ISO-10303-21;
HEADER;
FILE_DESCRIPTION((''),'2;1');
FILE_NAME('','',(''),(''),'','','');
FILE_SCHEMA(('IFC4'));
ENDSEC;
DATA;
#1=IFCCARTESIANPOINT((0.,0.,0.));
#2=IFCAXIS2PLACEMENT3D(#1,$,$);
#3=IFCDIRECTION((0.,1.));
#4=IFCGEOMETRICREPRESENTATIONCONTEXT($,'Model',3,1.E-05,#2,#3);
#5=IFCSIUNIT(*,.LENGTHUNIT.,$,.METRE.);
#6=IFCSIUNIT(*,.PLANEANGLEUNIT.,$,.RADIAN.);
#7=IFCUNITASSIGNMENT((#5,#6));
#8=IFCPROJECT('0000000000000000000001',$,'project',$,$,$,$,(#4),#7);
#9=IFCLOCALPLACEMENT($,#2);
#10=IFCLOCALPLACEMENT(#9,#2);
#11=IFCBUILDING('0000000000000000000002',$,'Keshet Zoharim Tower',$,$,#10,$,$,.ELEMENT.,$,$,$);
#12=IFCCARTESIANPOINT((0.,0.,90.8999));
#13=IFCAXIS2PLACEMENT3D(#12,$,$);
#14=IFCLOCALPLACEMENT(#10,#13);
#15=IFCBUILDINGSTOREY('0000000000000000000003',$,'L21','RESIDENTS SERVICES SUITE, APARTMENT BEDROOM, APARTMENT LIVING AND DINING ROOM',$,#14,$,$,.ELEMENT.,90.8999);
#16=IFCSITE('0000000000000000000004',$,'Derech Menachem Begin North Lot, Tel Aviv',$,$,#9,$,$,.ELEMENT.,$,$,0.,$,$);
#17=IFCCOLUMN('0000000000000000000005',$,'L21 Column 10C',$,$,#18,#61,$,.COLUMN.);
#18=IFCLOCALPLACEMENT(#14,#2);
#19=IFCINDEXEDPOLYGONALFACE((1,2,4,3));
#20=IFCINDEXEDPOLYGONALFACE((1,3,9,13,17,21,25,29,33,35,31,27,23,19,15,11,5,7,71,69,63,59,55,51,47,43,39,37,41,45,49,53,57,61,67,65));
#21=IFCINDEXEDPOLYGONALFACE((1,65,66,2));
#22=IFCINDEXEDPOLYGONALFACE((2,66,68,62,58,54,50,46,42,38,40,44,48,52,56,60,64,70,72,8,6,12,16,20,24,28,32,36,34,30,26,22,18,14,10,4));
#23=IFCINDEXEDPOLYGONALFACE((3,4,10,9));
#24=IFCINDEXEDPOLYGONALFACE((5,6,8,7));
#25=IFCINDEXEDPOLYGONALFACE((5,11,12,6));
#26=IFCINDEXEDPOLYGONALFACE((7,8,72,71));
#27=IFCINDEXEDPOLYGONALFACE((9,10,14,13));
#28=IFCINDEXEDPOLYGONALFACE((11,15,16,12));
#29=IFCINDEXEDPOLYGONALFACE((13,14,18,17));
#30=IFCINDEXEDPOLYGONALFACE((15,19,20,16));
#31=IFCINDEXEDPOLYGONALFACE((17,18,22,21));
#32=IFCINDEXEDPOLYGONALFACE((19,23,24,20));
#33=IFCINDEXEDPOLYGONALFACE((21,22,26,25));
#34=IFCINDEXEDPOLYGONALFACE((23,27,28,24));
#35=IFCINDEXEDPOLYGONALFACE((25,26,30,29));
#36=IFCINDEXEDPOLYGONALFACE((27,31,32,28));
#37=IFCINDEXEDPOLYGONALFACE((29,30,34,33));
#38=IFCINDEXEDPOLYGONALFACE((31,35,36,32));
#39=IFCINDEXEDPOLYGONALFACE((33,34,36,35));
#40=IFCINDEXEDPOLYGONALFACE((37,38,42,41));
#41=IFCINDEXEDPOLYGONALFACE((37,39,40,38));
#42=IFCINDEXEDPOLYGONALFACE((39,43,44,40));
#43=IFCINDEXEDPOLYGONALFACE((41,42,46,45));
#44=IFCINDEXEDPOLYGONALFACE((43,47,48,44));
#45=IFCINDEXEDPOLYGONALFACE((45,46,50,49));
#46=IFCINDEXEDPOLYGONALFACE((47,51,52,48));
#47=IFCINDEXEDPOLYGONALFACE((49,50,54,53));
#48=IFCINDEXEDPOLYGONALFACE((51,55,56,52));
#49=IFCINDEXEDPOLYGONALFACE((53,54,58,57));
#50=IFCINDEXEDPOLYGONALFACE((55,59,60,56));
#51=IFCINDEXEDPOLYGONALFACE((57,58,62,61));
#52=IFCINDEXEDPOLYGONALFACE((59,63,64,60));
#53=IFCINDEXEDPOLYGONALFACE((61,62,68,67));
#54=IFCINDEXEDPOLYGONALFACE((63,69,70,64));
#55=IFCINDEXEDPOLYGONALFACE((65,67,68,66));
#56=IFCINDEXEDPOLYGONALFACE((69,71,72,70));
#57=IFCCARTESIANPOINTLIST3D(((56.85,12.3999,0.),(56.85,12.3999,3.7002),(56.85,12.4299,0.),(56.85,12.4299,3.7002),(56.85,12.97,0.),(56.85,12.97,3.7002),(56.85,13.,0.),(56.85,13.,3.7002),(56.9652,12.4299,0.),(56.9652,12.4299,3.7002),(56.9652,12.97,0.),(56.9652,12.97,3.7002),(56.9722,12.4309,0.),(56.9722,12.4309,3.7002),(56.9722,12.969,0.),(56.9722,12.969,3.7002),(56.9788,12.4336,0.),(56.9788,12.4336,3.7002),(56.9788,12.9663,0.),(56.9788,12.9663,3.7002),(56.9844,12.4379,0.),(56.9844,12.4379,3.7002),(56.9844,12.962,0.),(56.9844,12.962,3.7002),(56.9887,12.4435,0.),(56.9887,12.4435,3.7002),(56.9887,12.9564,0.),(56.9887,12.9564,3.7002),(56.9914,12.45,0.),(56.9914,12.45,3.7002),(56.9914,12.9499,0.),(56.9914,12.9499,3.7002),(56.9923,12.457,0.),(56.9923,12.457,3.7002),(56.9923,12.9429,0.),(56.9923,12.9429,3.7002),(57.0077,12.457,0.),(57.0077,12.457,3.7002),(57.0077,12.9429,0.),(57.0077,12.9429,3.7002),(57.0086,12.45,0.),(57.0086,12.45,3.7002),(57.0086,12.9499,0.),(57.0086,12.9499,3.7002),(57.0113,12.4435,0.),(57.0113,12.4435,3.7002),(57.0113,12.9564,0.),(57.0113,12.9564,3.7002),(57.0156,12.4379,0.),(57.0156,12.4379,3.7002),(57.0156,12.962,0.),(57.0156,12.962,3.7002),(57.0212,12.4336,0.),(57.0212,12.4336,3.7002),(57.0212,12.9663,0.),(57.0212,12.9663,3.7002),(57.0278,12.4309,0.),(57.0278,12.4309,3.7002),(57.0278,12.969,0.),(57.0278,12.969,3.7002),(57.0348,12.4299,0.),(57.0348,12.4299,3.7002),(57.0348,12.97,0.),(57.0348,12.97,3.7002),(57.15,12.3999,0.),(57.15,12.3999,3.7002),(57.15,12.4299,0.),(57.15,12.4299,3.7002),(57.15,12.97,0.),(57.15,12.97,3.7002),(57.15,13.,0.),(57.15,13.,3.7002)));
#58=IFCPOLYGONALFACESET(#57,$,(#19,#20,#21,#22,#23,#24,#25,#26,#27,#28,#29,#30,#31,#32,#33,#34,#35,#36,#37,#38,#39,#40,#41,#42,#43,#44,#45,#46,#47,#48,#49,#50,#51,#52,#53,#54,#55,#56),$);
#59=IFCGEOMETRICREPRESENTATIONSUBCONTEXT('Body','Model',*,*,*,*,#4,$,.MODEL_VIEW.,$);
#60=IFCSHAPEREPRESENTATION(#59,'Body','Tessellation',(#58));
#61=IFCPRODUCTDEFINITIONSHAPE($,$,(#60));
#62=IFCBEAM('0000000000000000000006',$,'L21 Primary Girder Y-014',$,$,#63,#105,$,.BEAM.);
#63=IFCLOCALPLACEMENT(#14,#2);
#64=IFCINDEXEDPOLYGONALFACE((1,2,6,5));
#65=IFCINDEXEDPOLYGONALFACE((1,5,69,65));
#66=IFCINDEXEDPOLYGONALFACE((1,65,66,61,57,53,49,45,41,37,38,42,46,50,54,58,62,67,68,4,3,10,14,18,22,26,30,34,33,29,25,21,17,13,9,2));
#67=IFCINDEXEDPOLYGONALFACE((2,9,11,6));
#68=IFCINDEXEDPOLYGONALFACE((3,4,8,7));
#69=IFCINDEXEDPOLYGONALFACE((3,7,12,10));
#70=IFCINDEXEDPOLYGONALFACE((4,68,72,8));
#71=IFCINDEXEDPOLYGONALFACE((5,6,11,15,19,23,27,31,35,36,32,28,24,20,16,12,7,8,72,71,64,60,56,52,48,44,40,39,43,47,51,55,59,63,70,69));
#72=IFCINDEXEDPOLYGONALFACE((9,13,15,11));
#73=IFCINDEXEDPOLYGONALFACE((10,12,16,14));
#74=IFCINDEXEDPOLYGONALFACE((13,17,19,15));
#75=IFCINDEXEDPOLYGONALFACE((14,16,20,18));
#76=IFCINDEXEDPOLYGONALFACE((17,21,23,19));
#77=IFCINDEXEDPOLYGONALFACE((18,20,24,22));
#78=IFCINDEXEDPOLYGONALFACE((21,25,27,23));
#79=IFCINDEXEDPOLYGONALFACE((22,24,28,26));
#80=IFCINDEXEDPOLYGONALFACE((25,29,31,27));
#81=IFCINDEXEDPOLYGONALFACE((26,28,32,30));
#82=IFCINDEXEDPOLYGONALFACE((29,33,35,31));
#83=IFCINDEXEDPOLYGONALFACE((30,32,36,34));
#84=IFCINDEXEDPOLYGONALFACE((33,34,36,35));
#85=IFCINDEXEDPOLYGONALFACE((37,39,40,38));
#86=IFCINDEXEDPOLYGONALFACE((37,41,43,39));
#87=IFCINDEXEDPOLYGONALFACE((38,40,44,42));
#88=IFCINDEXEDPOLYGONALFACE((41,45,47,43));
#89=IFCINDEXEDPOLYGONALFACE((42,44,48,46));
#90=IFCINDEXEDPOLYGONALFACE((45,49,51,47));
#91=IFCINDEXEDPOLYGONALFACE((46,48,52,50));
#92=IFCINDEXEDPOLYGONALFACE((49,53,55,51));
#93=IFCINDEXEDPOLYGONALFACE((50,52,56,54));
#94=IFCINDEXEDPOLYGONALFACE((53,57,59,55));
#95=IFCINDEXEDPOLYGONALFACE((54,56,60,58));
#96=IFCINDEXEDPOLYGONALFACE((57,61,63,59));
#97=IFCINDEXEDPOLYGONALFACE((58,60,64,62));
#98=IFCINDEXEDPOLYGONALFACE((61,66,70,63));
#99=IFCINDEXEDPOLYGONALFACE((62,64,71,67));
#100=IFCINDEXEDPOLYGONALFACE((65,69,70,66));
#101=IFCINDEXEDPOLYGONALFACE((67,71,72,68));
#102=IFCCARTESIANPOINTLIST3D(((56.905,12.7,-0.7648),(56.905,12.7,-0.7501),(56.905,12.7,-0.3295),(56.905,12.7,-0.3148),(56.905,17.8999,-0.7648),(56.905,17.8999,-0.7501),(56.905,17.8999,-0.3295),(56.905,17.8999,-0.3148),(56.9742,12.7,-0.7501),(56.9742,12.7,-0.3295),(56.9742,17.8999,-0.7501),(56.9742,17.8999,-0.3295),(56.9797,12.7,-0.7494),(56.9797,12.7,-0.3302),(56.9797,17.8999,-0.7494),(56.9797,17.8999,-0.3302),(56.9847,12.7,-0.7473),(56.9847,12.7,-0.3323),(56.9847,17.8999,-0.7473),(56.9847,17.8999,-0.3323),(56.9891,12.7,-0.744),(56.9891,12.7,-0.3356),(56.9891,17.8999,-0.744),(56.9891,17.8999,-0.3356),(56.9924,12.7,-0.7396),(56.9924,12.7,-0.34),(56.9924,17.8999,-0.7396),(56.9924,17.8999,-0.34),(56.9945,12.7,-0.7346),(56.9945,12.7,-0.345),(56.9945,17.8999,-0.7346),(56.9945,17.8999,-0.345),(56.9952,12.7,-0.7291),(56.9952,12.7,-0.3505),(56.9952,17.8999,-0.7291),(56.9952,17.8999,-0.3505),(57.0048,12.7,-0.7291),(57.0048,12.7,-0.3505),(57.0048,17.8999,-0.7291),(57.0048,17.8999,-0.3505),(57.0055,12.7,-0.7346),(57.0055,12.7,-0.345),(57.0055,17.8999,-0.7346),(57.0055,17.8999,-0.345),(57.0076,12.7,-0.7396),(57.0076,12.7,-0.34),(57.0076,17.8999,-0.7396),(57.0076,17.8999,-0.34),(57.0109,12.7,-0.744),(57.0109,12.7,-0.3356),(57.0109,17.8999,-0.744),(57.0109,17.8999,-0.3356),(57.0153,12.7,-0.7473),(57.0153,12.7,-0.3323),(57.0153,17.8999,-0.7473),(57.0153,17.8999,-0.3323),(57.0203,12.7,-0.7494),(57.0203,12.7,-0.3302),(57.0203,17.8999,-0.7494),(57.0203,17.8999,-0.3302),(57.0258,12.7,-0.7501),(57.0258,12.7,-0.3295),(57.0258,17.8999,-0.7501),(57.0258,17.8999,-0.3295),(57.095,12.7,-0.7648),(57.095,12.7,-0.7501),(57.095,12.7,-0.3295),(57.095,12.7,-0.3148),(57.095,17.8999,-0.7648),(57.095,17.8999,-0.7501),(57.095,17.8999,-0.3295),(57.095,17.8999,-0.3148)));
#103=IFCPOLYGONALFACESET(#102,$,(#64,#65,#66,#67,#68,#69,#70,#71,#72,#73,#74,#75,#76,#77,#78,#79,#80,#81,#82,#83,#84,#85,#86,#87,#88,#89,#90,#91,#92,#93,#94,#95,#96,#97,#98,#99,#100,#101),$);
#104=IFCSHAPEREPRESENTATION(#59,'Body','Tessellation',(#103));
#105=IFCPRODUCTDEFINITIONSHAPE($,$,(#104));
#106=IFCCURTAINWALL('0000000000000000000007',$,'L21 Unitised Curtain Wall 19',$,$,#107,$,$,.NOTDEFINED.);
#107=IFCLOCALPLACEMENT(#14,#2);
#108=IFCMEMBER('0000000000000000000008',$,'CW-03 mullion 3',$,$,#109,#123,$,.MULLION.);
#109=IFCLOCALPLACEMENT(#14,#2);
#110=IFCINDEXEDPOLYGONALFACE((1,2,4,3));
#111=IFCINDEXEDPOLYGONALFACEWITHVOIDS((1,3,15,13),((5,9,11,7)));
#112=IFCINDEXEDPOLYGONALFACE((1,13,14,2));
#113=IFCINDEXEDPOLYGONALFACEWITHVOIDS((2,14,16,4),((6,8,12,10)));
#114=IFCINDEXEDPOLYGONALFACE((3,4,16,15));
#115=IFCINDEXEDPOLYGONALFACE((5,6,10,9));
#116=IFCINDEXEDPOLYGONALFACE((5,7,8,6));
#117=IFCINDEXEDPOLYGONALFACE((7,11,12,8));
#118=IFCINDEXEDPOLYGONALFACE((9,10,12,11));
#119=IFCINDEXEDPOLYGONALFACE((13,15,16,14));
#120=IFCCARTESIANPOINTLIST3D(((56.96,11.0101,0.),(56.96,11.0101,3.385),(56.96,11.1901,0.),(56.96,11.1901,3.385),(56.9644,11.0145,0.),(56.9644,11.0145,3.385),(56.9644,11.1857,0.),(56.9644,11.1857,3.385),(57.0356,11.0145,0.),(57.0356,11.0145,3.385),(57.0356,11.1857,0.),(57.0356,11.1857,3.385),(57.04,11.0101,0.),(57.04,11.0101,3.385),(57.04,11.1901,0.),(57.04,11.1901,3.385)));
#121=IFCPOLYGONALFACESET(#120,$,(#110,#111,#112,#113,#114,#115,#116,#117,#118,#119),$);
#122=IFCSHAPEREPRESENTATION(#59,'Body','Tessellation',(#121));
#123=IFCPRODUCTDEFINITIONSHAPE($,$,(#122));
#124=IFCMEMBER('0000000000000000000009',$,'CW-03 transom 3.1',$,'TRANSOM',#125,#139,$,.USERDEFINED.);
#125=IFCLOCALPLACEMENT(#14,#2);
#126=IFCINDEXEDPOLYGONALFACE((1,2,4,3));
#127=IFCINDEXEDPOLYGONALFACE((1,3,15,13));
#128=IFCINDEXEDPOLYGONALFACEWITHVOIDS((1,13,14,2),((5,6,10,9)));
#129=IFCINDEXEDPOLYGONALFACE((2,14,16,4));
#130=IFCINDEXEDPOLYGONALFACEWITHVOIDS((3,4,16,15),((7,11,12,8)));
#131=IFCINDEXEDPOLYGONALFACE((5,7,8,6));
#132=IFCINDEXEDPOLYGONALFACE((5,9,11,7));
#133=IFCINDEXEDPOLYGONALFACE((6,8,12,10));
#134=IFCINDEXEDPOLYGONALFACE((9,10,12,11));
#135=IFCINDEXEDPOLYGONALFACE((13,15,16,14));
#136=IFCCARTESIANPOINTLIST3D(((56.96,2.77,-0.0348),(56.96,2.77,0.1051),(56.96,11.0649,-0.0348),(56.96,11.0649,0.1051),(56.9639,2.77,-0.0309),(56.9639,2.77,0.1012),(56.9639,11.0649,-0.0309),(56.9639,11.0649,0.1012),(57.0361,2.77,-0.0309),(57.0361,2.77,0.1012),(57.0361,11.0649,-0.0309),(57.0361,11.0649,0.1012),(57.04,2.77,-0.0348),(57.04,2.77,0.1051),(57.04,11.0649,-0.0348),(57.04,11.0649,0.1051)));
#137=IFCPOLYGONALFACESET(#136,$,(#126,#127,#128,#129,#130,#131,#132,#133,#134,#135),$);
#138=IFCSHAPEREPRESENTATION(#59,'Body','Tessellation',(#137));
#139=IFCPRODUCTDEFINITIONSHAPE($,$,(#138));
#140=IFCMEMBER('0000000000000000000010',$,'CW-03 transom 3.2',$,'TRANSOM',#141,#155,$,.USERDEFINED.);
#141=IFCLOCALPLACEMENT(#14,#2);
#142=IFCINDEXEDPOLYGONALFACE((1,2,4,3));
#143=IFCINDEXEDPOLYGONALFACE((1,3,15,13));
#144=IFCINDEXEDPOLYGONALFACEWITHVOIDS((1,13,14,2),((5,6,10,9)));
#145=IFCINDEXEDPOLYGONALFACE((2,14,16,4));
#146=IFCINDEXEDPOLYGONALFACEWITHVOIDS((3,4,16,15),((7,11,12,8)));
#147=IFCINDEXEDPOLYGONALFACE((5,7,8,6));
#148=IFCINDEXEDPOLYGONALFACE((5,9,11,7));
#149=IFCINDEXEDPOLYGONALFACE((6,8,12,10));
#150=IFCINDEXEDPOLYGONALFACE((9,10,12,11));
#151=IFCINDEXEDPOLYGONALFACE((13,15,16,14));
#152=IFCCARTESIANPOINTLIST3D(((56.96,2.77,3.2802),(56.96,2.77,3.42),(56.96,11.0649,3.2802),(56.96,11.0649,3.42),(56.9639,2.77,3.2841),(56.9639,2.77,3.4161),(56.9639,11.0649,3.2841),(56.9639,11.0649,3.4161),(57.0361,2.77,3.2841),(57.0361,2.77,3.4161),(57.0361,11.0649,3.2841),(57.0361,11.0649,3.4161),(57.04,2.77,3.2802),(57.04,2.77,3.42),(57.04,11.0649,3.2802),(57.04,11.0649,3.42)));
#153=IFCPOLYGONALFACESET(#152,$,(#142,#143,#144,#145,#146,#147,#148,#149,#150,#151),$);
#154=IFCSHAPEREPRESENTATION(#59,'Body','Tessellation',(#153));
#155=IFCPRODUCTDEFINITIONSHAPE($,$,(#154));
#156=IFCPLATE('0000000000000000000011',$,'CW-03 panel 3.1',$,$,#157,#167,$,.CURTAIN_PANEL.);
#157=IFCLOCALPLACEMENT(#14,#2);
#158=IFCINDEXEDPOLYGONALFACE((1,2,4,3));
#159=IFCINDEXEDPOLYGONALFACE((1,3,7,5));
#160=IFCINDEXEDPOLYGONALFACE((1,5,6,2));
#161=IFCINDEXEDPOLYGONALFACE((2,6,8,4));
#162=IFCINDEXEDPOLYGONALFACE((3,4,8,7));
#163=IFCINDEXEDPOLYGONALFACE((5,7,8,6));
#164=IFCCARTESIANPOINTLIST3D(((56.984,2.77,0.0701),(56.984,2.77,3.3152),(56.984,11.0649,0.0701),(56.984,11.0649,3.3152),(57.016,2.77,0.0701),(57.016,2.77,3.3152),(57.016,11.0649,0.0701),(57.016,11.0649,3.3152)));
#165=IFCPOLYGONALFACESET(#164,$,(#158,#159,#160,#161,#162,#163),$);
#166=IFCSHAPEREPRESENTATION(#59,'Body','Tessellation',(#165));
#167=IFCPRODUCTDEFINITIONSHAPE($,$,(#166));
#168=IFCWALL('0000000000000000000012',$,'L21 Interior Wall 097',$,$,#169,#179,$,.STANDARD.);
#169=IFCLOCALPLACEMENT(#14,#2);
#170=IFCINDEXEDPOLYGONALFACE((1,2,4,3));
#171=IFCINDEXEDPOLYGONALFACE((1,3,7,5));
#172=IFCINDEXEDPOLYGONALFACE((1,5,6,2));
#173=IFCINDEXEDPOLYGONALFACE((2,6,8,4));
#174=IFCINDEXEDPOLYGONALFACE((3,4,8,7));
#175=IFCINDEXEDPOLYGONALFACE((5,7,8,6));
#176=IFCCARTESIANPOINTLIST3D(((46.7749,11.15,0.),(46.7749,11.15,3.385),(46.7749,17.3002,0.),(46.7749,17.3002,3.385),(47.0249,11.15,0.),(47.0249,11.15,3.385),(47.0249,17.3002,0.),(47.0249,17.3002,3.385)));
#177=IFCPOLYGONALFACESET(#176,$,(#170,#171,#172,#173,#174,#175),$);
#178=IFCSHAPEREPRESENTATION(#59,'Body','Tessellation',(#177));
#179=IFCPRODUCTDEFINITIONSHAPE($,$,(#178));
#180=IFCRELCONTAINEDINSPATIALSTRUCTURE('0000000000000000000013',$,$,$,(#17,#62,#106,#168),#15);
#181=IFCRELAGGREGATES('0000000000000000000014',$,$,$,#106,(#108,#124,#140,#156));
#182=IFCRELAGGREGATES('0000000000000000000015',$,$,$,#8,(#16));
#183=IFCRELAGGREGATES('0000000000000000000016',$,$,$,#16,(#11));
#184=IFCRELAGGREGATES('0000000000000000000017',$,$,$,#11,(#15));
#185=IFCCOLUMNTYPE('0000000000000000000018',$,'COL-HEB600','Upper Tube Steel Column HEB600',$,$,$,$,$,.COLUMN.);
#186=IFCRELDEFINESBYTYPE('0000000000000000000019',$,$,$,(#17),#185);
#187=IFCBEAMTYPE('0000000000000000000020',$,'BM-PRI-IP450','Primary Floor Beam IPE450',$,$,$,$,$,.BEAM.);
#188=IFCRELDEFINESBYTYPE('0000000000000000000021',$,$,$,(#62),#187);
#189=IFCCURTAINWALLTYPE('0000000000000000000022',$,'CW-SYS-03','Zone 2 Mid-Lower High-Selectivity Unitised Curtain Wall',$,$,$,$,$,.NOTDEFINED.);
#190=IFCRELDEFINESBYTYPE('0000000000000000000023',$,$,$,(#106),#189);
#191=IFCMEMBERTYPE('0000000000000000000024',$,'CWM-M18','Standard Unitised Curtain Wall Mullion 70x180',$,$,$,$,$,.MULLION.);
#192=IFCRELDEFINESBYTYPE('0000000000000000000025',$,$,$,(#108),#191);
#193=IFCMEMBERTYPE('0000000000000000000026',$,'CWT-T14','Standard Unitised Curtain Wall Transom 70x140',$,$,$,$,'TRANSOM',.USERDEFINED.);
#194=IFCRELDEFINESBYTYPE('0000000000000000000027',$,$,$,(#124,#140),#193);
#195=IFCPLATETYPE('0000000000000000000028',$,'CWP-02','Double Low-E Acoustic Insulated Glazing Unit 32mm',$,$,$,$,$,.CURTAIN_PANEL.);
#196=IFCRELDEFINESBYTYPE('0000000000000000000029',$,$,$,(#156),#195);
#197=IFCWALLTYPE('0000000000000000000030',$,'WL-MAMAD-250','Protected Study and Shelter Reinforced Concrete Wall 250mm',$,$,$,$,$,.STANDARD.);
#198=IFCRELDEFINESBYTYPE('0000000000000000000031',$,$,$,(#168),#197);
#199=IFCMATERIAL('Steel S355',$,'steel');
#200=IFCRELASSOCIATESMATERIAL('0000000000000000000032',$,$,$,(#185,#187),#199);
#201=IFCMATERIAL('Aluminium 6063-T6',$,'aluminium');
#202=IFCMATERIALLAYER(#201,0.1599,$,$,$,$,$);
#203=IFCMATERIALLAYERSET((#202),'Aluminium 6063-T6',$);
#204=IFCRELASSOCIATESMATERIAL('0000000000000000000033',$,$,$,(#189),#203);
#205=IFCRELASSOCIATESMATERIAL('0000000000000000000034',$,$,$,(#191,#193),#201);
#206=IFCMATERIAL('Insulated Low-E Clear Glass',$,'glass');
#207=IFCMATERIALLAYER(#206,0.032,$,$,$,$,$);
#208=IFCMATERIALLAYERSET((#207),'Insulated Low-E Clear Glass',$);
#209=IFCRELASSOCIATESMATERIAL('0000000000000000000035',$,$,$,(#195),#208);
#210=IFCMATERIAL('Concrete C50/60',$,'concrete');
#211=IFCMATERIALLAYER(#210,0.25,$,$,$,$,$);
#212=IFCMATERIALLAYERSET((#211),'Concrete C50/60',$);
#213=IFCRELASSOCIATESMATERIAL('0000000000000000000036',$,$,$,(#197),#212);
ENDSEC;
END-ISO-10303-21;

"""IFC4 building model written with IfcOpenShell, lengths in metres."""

from ifc_helpers import new_model, si_unit, direction, frame, frame_2d, origin, origin_2d, place, context, subcontext, project, spatial, rectangle, hollow_rectangle, i_section, extrude, material, layer, layer_set, material_profile, profile_set, type_object, element, aggregate, save


model = new_model("IFC4")

# Units and contexts
model_context = context("Model", 3, precision=1e-05, world=origin(), true_north=direction((0.0, 1.0)))
body_context = subcontext(model_context, "Body", "Model", "MODEL_VIEW")
ifc_project = project(units=[si_unit("LENGTHUNIT", "METRE"), si_unit("PLANEANGLEUNIT", "RADIAN")], contexts=[model_context])

# Site, building, storey
site_placement = place(None, origin())
site = spatial("IfcSite", under=ifc_project, at=site_placement, Name="Derech Menachem Begin North Lot, Tel Aviv", CompositionType="ELEMENT", RefElevation=0.0)
building_placement = place(site_placement, origin())
building = spatial("IfcBuilding", under=site, at=building_placement, Name="Keshet Zoharim Tower", CompositionType="ELEMENT")
storey_placement = place(building_placement, frame((0.0, 0.0, 90.8999)))
storey = spatial("IfcBuildingStorey", under=building, at=storey_placement, Name="L21", Description="RESIDENTS SERVICES SUITE, APARTMENT BEDROOM, APARTMENT LIVING AND DINING ROOM", CompositionType="ELEMENT", Elevation=90.8999)

# Column
ifc_material_1 = material(Name="Steel S355", Category="steel")
ifc_material_profile_1 = material_profile(ifc_material_1, i_section(OverallWidth=0.3, OverallDepth=0.6001, WebThickness=0.0154, FlangeThickness=0.03, FilletRadius=0.0271, at=origin_2d()), Name="HEB600")
ifc_profile_set_1 = profile_set([ifc_material_profile_1], Name="Steel S355")
column_type = type_object("IfcColumnType", Name="COL-HEB600", Description="Upper Tube Steel Column HEB600", PredefinedType="COLUMN", material=ifc_profile_set_1)
column_placement = place(storey_placement, frame((57.0, 12.7, 0.0), z_axis=(0.0, 0.0, 1.0), x_axis=(1.0, 0.0, 0.0)))
element("IfcColumn", 1, at=column_placement, inside=storey, type_object=column_type, Name="L21 Column 10C", PredefinedType="COLUMN", context=body_context, shape_type="SweptSolid", body=[
    extrude(i_section(OverallWidth=0.3, OverallDepth=0.6001, WebThickness=0.0154, FlangeThickness=0.03, FilletRadius=0.0271, at=origin_2d()), origin(), (0.0, 0.0, 1.0), 3.7002),
])

# Beam
ifc_material_profile_2 = material_profile(ifc_material_1, i_section(OverallWidth=0.1899, OverallDepth=0.45, WebThickness=0.0095, FlangeThickness=0.0146, FilletRadius=0.021, at=origin_2d()), Name="IPE450")
ifc_profile_set_2 = profile_set([ifc_material_profile_2], Name="Steel S355")
beam_type = type_object("IfcBeamType", Name="BM-PRI-IP450", Description="Primary Floor Beam IPE450", PredefinedType="BEAM", material=ifc_profile_set_2)
beam_placement = place(storey_placement, frame((57.0, 12.7, -0.5398), z_axis=(0.0, 1.0, 0.0), x_axis=(-1.0, 0.0, 0.0)))
element("IfcBeam", 2, at=beam_placement, inside=storey, type_object=beam_type, Name="L21 Primary Girder Y-014", PredefinedType="BEAM", context=body_context, shape_type="SweptSolid", body=[
    extrude(i_section(OverallWidth=0.1899, OverallDepth=0.45, WebThickness=0.0095, FlangeThickness=0.0146, FilletRadius=0.021, at=origin_2d()), origin(), (0.0, 0.0, 1.0), 5.2),
])

# Curtain wall, members, plate
ifc_material_2 = material(Name="Aluminium 6063-T6", Category="aluminium")
ifc_layer_1 = layer(ifc_material_2, 0.1599)
ifc_layer_set_1 = layer_set([ifc_layer_1], Name="Aluminium 6063-T6")
curtain_wall_type = type_object("IfcCurtainWallType", Name="CW-SYS-03", Description="Zone 2 Mid-Lower High-Selectivity Unitised Curtain Wall", PredefinedType="NOTDEFINED", material=ifc_layer_set_1)
curtain_wall_placement = place(storey_placement, origin())
curtain_wall = element("IfcCurtainWall", 3, at=curtain_wall_placement, inside=storey, type_object=curtain_wall_type, Name="L21 Unitised Curtain Wall 19", PredefinedType="NOTDEFINED")
ifc_material_profile_3 = material_profile(ifc_material_2, hollow_rectangle(XDim=0.0801, YDim=0.1799, WallThickness=0.0044, at=origin_2d()), Name="MUL-80x180")
ifc_profile_set_3 = profile_set([ifc_material_profile_3], Name="Aluminium 6063-T6")
member_type_1 = type_object("IfcMemberType", Name="CWM-M18", Description="Standard Unitised Curtain Wall Mullion 70x180", PredefinedType="MULLION", material=ifc_profile_set_3)
member_1_placement = place(storey_placement, frame((57.0, 11.1001, 0.0), z_axis=(0.0, 0.0, 1.0), x_axis=(1.0, 0.0, 0.0)))
member_1 = element("IfcMember", 4, at=member_1_placement, type_object=member_type_1, Name="CW-03 mullion 3", PredefinedType="MULLION", context=body_context, shape_type="SweptSolid", body=[
    extrude(hollow_rectangle(XDim=0.0801, YDim=0.1799, WallThickness=0.0044, at=origin_2d()), origin(), (0.0, 0.0, 1.0), 3.385),
])
ifc_material_profile_4 = material_profile(ifc_material_2, hollow_rectangle(XDim=0.0801, YDim=0.1399, WallThickness=0.0039, at=origin_2d()), Name="TRN-80x140")
ifc_profile_set_4 = profile_set([ifc_material_profile_4], Name="Aluminium 6063-T6")
member_type_2 = type_object("IfcMemberType", Name="CWT-T14", Description="Standard Unitised Curtain Wall Transom 70x140", ElementType="TRANSOM", PredefinedType="USERDEFINED", material=ifc_profile_set_4)
member_2_placement = place(storey_placement, frame((57.0, 11.0649, 0.0352), z_axis=(0.0, -1.0, 0.0), x_axis=(1.0, 0.0, 0.0)))
member_2 = element("IfcMember", 5, at=member_2_placement, type_object=member_type_2, Name="CW-03 transom 3.1", ObjectType="TRANSOM", PredefinedType="USERDEFINED", context=body_context, shape_type="SweptSolid", body=[
    extrude(hollow_rectangle(XDim=0.0801, YDim=0.1399, WallThickness=0.0039, at=origin_2d()), origin(), (0.0, 0.0, 1.0), 8.2949),
])
member_3_placement = place(storey_placement, frame((57.0, 11.0649, 3.3501), z_axis=(0.0, -1.0, 0.0), x_axis=(1.0, 0.0, 0.0)))
member_3 = element("IfcMember", 6, at=member_3_placement, type_object=member_type_2, Name="CW-03 transom 3.2", ObjectType="TRANSOM", PredefinedType="USERDEFINED", context=body_context, shape_type="SweptSolid", body=[
    extrude(hollow_rectangle(XDim=0.0801, YDim=0.1399, WallThickness=0.0039, at=origin_2d()), origin(), (0.0, 0.0, 1.0), 8.2949),
])
ifc_material_3 = material(Name="Insulated Low-E Clear Glass", Category="glass")
ifc_layer_2 = layer(ifc_material_3, 0.032)
ifc_layer_set_2 = layer_set([ifc_layer_2], Name="Insulated Low-E Clear Glass")
plate_type = type_object("IfcPlateType", Name="CWP-02", Description="Double Low-E Acoustic Insulated Glazing Unit 32mm", PredefinedType="CURTAIN_PANEL", material=ifc_layer_set_2)
plate_placement = place(storey_placement, frame((57.0, 6.9175, 0.0701), z_axis=(0.0, 0.0, 1.0), x_axis=(0.0, -1.0, 0.0)))
plate = element("IfcPlate", 7, at=plate_placement, type_object=plate_type, Name="CW-03 panel 3.1", PredefinedType="CURTAIN_PANEL", context=body_context, shape_type="SweptSolid", body=[
    extrude(rectangle(XDim=8.2949, YDim=0.032, at=origin_2d()), origin(), (0.0, 0.0, 1.0), 3.2451),
])
aggregate(curtain_wall, [member_1, member_2, member_3, plate])

# Wall
ifc_material_4 = material(Name="Concrete C50/60", Category="concrete")
ifc_layer_3 = layer(ifc_material_4, 0.25)
ifc_layer_set_3 = layer_set([ifc_layer_3], Name="Concrete C50/60")
wall_type_1 = type_object("IfcWallType", Name="WL-MAMAD-250", Description="Protected Study and Shelter Reinforced Concrete Wall 250mm", PredefinedType="STANDARD", material=ifc_layer_set_3)
for number, where, z_axis, x_axis, name in (
    (8, (46.8999, 11.1499, 0.0), (0.0, 0.0, 1.0), (0.0, 1.0, 0.0), "L21 Interior Wall 097"),
):
    element("IfcWall", number, at=place(storey_placement, frame(where, z_axis=z_axis, x_axis=x_axis)), inside=storey, type_object=wall_type_1, Name=name, PredefinedType="STANDARD", context=body_context, shape_type="SweptSolid", body=[
        extrude(rectangle(XDim=6.1501, YDim=0.25, at=frame_2d((3.0752, 0.0))), origin(), (0.0, 0.0, 1.0), 3.385),
    ])

save(model, "model.ifc")
